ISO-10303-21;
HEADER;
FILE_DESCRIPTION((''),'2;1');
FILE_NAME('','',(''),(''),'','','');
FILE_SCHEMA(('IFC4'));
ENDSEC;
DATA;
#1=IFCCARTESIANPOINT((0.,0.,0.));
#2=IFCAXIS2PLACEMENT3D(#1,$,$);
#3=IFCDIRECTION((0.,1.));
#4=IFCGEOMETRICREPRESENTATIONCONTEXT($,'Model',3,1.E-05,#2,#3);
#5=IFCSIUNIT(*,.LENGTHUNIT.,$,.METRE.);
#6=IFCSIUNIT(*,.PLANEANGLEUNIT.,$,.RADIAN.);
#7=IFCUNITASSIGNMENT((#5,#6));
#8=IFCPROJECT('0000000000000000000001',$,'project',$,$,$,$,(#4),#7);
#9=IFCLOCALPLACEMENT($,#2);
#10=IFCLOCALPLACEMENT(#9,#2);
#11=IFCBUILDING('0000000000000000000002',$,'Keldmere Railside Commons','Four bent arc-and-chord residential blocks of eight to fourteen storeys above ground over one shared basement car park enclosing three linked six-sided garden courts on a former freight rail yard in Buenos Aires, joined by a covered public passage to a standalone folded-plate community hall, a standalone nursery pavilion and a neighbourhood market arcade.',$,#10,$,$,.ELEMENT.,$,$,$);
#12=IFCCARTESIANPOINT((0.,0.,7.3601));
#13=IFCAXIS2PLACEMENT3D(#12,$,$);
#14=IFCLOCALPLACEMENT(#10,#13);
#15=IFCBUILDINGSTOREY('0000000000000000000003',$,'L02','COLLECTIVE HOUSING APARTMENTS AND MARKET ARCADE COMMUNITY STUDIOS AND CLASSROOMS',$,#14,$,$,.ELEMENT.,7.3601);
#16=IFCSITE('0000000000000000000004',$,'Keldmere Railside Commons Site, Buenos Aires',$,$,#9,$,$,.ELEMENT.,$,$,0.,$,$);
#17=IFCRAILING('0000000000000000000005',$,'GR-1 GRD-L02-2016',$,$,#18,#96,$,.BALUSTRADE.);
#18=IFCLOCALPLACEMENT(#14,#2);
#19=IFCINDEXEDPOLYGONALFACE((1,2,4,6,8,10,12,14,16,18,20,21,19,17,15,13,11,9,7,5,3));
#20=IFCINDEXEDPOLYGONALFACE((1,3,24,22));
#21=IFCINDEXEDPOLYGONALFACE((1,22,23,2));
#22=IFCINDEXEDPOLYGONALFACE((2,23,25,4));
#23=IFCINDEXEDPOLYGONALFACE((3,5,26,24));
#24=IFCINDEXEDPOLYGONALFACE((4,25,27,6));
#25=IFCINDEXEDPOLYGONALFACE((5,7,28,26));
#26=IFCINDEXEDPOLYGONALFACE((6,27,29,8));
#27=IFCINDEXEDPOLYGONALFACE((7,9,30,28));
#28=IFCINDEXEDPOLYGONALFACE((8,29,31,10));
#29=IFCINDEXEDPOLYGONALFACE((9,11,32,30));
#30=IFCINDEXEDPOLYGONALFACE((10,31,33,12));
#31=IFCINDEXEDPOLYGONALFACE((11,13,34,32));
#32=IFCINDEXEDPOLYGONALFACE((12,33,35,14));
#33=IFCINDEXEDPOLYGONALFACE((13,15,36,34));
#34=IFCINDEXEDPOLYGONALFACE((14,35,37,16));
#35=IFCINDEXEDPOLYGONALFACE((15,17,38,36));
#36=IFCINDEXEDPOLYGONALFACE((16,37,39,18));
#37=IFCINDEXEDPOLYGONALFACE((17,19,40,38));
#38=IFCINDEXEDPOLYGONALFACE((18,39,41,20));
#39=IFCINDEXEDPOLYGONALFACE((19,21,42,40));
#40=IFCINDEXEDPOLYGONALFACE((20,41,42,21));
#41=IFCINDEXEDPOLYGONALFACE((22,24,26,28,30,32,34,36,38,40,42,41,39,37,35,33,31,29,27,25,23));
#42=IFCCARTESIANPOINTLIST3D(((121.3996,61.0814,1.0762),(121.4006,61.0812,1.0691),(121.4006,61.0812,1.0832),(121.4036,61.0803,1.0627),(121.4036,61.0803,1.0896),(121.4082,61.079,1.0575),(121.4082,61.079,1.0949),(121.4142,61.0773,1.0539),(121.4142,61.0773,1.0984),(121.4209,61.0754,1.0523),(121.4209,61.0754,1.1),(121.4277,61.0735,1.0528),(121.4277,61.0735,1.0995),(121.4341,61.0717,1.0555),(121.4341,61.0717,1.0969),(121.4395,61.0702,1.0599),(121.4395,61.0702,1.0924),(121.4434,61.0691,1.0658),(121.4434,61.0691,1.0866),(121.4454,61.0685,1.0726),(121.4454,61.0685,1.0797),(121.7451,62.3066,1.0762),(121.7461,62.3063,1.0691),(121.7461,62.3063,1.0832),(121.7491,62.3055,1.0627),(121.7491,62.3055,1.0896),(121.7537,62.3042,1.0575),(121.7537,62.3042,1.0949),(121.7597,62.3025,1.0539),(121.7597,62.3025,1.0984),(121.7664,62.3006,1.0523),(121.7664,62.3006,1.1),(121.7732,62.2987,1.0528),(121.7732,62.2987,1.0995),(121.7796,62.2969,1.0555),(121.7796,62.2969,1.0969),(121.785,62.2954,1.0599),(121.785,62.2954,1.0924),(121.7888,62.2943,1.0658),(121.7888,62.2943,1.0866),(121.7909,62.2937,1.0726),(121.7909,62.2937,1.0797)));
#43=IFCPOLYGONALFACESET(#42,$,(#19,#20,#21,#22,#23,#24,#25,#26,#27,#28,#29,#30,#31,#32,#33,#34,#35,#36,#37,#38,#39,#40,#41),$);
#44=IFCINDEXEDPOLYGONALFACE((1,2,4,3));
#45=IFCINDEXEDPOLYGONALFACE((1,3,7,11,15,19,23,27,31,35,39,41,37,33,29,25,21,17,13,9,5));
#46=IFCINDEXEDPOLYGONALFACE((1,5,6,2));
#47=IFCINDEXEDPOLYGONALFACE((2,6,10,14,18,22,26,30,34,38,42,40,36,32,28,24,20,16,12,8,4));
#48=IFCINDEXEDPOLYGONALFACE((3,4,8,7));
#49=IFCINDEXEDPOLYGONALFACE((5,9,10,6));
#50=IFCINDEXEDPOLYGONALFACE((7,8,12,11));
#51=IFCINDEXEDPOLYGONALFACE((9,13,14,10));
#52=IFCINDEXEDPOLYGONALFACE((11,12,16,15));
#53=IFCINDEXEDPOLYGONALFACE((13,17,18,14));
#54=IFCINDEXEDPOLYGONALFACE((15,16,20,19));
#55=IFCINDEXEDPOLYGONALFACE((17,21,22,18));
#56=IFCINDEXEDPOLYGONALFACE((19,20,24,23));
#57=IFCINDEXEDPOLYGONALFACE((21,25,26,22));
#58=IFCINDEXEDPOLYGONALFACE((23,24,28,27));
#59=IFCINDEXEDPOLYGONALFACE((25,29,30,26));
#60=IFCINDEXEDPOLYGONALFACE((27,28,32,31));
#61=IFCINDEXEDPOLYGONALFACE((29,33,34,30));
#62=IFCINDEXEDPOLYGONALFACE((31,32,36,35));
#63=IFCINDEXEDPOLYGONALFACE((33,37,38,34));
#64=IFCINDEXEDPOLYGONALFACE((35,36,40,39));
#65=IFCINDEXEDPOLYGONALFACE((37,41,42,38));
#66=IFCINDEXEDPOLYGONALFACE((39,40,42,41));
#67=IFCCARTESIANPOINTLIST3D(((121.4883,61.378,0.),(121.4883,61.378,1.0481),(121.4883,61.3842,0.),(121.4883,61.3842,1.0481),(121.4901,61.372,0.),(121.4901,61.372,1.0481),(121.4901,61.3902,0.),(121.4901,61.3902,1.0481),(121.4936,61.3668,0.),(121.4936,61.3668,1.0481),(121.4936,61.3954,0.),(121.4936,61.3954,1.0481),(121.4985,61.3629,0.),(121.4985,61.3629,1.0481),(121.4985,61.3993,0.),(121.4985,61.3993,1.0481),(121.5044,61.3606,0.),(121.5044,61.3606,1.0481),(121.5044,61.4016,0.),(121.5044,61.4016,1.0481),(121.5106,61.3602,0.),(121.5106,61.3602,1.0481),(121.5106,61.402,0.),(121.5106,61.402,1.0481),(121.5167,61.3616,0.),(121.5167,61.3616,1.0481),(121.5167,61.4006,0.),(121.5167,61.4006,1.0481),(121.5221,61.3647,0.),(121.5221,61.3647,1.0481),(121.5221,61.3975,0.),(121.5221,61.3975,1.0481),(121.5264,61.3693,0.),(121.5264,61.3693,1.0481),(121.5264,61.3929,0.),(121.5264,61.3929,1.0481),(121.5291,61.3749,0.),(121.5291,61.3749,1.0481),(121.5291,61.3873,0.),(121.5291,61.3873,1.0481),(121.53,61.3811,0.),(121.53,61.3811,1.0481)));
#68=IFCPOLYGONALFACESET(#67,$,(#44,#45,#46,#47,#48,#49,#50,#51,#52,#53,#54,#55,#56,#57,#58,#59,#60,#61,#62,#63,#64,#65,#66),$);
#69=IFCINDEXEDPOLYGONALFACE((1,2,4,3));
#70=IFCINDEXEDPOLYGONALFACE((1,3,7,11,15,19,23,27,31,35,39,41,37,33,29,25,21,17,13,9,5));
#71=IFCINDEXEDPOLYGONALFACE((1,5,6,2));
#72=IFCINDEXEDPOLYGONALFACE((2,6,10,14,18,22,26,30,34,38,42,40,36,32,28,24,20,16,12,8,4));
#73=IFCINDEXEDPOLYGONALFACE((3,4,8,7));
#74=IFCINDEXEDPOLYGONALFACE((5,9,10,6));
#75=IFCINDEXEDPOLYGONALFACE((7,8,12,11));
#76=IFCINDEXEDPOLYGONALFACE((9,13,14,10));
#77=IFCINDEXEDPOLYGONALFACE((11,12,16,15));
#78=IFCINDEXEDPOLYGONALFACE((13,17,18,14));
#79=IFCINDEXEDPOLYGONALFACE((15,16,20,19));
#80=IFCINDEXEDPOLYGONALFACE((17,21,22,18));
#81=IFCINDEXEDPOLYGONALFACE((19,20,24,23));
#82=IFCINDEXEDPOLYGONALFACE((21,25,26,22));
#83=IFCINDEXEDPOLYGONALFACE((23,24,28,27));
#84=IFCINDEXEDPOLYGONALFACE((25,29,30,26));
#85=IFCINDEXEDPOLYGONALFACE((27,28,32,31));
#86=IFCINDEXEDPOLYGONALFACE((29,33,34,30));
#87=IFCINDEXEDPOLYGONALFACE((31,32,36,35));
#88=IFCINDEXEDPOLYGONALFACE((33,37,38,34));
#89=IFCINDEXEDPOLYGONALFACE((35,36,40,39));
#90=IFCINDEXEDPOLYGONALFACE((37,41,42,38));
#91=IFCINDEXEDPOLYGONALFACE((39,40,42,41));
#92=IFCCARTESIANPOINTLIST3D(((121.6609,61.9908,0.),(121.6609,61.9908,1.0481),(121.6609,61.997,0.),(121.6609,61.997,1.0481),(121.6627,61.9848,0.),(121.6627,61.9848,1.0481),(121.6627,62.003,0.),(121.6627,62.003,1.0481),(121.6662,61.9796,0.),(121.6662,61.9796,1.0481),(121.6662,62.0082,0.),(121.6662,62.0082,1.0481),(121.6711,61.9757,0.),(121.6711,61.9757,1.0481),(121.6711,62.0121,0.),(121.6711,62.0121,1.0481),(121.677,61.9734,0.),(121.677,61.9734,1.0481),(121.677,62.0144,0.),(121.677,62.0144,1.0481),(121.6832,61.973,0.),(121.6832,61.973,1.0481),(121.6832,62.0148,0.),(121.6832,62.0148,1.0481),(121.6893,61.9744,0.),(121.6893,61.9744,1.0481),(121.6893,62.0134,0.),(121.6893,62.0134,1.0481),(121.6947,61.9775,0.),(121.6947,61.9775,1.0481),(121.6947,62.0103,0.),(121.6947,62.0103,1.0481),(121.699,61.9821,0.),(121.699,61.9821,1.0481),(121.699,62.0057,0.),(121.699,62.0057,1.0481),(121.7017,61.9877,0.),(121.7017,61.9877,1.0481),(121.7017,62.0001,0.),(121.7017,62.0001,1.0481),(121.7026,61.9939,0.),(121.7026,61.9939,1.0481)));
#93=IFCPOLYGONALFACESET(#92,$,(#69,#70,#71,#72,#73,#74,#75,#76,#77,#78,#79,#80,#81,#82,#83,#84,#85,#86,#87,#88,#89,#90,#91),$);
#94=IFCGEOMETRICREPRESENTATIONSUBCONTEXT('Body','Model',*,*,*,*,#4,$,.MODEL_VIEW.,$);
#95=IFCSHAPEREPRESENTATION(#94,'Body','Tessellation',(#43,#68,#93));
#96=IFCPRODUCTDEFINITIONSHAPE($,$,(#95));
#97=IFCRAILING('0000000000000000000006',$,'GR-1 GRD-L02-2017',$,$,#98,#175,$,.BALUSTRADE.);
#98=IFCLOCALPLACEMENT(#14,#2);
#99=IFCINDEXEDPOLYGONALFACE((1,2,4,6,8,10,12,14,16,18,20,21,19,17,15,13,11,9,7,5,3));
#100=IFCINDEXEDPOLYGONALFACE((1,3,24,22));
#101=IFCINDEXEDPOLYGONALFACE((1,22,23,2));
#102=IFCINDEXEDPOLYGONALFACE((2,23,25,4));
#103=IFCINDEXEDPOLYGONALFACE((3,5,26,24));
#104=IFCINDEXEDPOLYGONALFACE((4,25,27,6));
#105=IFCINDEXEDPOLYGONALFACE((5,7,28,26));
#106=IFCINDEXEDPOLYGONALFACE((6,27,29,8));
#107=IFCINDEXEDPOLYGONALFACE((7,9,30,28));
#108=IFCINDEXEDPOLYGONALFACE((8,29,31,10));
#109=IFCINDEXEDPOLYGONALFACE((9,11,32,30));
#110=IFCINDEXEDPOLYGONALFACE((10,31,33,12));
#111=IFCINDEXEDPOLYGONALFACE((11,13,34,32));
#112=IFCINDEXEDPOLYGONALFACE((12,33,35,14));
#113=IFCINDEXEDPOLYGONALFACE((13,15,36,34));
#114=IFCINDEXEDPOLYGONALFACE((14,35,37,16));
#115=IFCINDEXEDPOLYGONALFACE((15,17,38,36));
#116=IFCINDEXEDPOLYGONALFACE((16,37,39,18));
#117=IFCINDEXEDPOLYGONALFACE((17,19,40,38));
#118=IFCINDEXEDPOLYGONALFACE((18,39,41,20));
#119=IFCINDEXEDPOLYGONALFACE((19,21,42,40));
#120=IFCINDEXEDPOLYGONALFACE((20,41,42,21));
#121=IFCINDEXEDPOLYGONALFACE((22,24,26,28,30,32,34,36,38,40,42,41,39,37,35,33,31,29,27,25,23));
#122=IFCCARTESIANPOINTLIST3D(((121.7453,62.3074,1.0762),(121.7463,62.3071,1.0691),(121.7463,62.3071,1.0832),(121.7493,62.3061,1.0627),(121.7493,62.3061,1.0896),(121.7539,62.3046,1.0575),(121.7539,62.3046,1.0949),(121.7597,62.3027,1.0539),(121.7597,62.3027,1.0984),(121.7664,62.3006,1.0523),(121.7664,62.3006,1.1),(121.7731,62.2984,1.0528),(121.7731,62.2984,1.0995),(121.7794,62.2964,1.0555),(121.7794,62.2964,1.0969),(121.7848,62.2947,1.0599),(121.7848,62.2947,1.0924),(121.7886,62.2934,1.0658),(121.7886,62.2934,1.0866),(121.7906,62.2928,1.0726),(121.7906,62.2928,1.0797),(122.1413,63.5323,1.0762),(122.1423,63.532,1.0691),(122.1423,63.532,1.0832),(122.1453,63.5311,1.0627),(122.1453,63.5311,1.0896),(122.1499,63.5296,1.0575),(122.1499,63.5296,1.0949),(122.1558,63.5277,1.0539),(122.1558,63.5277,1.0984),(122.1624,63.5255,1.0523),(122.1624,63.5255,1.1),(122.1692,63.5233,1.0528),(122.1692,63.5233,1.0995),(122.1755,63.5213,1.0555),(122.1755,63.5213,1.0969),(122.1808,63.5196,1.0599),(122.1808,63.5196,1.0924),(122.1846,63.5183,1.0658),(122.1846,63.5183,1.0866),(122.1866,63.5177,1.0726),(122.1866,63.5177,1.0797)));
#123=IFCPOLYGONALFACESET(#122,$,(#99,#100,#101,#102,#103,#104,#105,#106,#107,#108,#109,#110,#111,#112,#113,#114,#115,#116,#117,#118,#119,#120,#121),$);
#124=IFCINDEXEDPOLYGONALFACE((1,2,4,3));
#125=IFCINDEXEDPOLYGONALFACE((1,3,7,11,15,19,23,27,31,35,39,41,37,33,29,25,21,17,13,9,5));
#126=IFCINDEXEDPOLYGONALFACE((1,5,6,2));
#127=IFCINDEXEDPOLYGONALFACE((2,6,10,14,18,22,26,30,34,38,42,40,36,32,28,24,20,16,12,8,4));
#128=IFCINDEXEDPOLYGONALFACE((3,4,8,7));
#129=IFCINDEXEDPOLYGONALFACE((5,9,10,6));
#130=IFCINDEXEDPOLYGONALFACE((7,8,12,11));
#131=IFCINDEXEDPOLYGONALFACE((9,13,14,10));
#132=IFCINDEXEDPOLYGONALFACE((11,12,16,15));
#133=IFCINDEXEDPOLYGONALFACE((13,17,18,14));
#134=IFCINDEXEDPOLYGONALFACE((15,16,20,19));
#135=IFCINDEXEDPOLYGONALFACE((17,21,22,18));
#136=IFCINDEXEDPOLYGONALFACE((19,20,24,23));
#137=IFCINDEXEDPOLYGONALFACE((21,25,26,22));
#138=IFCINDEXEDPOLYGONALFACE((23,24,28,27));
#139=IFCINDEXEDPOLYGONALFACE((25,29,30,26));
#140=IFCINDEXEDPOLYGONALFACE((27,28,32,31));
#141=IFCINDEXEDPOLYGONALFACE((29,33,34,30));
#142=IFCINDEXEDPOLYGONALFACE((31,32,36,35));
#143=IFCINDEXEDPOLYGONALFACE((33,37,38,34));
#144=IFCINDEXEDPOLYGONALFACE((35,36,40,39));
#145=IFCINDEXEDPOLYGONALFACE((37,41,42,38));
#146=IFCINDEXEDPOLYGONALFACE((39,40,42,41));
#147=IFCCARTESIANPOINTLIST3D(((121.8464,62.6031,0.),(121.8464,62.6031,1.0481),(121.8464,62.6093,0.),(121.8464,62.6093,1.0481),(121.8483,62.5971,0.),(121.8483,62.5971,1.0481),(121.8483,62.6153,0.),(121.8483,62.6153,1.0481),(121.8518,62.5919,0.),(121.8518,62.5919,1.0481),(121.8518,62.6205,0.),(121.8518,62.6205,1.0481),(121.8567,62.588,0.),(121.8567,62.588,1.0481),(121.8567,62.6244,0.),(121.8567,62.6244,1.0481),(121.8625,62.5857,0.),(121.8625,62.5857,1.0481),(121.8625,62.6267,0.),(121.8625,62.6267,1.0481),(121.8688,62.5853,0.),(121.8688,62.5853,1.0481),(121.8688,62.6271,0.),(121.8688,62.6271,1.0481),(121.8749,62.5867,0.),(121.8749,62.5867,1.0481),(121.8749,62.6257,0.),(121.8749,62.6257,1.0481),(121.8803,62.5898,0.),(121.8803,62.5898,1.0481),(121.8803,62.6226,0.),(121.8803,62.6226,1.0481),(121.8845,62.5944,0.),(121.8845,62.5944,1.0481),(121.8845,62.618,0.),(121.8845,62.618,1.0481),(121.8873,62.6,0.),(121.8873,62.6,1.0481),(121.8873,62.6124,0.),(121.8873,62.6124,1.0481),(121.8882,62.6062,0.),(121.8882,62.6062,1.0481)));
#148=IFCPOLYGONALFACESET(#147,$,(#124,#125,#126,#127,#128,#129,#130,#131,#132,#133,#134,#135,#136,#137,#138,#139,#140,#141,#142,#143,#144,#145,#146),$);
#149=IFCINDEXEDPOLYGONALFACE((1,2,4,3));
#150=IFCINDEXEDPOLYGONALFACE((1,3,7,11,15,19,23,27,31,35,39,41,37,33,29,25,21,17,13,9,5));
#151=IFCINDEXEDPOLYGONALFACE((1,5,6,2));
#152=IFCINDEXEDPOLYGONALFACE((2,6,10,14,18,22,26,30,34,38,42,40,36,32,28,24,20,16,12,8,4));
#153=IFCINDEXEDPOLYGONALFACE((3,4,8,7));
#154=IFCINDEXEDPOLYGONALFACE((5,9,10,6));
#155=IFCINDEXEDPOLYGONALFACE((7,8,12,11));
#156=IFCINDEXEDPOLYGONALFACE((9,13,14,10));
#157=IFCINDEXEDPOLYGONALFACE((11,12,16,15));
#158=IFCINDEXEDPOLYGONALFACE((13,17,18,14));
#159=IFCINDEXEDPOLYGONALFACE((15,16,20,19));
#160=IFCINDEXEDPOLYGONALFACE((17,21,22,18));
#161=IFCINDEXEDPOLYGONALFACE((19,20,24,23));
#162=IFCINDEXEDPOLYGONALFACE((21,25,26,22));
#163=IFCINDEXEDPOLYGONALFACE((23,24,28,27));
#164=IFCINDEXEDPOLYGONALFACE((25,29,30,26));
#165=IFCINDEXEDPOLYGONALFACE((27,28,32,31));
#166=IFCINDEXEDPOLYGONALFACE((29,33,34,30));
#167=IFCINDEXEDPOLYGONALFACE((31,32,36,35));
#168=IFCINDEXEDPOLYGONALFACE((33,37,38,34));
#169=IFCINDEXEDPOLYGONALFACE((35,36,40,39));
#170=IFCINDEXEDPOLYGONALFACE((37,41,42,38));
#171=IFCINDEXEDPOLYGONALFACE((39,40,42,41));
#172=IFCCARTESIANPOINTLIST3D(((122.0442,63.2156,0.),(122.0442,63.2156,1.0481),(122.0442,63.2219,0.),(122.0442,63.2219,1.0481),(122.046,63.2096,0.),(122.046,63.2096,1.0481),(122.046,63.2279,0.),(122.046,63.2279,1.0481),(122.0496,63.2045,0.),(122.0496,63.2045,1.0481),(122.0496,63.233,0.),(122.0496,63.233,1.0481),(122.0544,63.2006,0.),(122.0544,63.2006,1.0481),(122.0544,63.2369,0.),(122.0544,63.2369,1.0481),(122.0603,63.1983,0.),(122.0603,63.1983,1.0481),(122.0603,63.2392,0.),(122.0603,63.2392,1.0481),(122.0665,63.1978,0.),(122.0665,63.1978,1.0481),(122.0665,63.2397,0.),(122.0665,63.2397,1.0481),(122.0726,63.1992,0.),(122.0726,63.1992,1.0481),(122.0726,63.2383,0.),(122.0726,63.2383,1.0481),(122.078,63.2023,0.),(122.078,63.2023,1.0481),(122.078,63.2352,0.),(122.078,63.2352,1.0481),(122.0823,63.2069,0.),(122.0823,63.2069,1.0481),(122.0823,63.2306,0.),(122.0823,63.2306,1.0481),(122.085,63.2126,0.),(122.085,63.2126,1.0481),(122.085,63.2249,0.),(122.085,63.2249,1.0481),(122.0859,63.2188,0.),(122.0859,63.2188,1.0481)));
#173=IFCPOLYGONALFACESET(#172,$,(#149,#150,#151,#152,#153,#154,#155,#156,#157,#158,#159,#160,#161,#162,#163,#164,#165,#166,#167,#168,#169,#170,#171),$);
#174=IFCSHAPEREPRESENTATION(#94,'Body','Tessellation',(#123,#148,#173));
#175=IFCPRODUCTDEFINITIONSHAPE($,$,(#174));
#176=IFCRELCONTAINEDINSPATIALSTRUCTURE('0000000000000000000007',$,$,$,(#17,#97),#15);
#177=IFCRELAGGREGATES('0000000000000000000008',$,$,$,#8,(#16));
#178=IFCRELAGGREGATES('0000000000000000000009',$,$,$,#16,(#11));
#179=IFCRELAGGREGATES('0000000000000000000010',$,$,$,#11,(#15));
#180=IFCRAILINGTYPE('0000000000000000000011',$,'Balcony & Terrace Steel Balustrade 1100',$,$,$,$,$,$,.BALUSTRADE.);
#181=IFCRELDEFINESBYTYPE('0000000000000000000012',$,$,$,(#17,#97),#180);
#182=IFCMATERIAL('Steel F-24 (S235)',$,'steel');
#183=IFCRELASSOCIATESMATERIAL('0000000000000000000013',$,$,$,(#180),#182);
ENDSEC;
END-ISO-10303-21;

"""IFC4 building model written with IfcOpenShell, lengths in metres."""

from ifc_helpers import new_model, si_unit, direction, frame, origin, origin_2d, place, context, subcontext, project, spatial, circle, extrude, material, type_object, element, save


model = new_model("IFC4")

# Units and contexts
model_context = context("Model", 3, precision=1e-05, world=origin(), true_north=direction((0.0, 1.0)))
body_context = subcontext(model_context, "Body", "Model", "MODEL_VIEW")
ifc_project = project(units=[si_unit("LENGTHUNIT", "METRE"), si_unit("PLANEANGLEUNIT", "RADIAN")], contexts=[model_context])

# Site, building, storey
site_placement = place(None, origin())
site = spatial("IfcSite", under=ifc_project, at=site_placement, Name="Keldmere Railside Commons Site, Buenos Aires", CompositionType="ELEMENT", RefElevation=0.0)
building_placement = place(site_placement, origin())
building = spatial("IfcBuilding", under=site, at=building_placement, Name="Keldmere Railside Commons", Description="Four bent arc-and-chord residential blocks of eight to fourteen storeys above ground over one shared basement car park enclosing three linked six-sided garden courts on a former freight rail yard in Buenos Aires, joined by a covered public passage to a standalone folded-plate community hall, a standalone nursery pavilion and a neighbourhood market arcade.", CompositionType="ELEMENT")
storey_placement = place(building_placement, frame((0.0, 0.0, 7.3601)))
storey = spatial("IfcBuildingStorey", under=building, at=storey_placement, Name="L02", Description="COLLECTIVE HOUSING APARTMENTS AND MARKET ARCADE COMMUNITY STUDIOS AND CLASSROOMS", CompositionType="ELEMENT", Elevation=7.3601)

# Railings
ifc_material_1 = material(Name="Steel F-24 (S235)", Category="steel")
railing_type = type_object("IfcRailingType", Name="Balcony & Terrace Steel Balustrade 1100", PredefinedType="BALUSTRADE", material=ifc_material_1)
railing_1_placement = place(storey_placement, frame((121.4226, 61.075, 0.0)))
element("IfcRailing", 1, at=railing_1_placement, inside=storey, type_object=railing_type, Name="GR-1 GRD-L02-2016", PredefinedType="BALUSTRADE", context=body_context, shape_type="SweptSolid", body=[
    extrude(circle(Radius=0.0239, at=origin_2d()), frame((0.0, 0.0, 1.0762), z_axis=(0.271401, 0.962466, 0.0), x_axis=(-0.962466, 0.271401, 0.0)), (0.0, 0.0, 1.0), 1.2729),
    extrude(circle(Radius=0.021, at=origin_2d()), frame((0.0864, 0.3062, 0.0)), (0.0, 0.0, 1.0), 1.0481),
    extrude(circle(Radius=0.021, at=origin_2d()), frame((0.259, 0.9189, 0.0)), (0.0, 0.0, 1.0), 1.0481),
])
railing_2_placement = place(storey_placement, frame((121.7681, 62.3, 0.0)))
element("IfcRailing", 2, at=railing_2_placement, inside=storey, type_object=railing_type, Name="GR-1 GRD-L02-2017", PredefinedType="BALUSTRADE", context=body_context, shape_type="SweptSolid", body=[
    extrude(circle(Radius=0.0239, at=origin_2d()), frame((0.0, 0.0, 1.0762), z_axis=(0.307623, 0.951508, 0.0), x_axis=(-0.951508, 0.307623, 0.0)), (0.0, 0.0, 1.0), 1.2874),
    extrude(circle(Radius=0.021, at=origin_2d()), frame((0.0991, 0.3062, 0.0)), (0.0, 0.0, 1.0), 1.0481),
    extrude(circle(Radius=0.021, at=origin_2d()), frame((0.2969, 0.9187, 0.0)), (0.0, 0.0, 1.0), 1.0481),
])

save(model, "model.ifc")
